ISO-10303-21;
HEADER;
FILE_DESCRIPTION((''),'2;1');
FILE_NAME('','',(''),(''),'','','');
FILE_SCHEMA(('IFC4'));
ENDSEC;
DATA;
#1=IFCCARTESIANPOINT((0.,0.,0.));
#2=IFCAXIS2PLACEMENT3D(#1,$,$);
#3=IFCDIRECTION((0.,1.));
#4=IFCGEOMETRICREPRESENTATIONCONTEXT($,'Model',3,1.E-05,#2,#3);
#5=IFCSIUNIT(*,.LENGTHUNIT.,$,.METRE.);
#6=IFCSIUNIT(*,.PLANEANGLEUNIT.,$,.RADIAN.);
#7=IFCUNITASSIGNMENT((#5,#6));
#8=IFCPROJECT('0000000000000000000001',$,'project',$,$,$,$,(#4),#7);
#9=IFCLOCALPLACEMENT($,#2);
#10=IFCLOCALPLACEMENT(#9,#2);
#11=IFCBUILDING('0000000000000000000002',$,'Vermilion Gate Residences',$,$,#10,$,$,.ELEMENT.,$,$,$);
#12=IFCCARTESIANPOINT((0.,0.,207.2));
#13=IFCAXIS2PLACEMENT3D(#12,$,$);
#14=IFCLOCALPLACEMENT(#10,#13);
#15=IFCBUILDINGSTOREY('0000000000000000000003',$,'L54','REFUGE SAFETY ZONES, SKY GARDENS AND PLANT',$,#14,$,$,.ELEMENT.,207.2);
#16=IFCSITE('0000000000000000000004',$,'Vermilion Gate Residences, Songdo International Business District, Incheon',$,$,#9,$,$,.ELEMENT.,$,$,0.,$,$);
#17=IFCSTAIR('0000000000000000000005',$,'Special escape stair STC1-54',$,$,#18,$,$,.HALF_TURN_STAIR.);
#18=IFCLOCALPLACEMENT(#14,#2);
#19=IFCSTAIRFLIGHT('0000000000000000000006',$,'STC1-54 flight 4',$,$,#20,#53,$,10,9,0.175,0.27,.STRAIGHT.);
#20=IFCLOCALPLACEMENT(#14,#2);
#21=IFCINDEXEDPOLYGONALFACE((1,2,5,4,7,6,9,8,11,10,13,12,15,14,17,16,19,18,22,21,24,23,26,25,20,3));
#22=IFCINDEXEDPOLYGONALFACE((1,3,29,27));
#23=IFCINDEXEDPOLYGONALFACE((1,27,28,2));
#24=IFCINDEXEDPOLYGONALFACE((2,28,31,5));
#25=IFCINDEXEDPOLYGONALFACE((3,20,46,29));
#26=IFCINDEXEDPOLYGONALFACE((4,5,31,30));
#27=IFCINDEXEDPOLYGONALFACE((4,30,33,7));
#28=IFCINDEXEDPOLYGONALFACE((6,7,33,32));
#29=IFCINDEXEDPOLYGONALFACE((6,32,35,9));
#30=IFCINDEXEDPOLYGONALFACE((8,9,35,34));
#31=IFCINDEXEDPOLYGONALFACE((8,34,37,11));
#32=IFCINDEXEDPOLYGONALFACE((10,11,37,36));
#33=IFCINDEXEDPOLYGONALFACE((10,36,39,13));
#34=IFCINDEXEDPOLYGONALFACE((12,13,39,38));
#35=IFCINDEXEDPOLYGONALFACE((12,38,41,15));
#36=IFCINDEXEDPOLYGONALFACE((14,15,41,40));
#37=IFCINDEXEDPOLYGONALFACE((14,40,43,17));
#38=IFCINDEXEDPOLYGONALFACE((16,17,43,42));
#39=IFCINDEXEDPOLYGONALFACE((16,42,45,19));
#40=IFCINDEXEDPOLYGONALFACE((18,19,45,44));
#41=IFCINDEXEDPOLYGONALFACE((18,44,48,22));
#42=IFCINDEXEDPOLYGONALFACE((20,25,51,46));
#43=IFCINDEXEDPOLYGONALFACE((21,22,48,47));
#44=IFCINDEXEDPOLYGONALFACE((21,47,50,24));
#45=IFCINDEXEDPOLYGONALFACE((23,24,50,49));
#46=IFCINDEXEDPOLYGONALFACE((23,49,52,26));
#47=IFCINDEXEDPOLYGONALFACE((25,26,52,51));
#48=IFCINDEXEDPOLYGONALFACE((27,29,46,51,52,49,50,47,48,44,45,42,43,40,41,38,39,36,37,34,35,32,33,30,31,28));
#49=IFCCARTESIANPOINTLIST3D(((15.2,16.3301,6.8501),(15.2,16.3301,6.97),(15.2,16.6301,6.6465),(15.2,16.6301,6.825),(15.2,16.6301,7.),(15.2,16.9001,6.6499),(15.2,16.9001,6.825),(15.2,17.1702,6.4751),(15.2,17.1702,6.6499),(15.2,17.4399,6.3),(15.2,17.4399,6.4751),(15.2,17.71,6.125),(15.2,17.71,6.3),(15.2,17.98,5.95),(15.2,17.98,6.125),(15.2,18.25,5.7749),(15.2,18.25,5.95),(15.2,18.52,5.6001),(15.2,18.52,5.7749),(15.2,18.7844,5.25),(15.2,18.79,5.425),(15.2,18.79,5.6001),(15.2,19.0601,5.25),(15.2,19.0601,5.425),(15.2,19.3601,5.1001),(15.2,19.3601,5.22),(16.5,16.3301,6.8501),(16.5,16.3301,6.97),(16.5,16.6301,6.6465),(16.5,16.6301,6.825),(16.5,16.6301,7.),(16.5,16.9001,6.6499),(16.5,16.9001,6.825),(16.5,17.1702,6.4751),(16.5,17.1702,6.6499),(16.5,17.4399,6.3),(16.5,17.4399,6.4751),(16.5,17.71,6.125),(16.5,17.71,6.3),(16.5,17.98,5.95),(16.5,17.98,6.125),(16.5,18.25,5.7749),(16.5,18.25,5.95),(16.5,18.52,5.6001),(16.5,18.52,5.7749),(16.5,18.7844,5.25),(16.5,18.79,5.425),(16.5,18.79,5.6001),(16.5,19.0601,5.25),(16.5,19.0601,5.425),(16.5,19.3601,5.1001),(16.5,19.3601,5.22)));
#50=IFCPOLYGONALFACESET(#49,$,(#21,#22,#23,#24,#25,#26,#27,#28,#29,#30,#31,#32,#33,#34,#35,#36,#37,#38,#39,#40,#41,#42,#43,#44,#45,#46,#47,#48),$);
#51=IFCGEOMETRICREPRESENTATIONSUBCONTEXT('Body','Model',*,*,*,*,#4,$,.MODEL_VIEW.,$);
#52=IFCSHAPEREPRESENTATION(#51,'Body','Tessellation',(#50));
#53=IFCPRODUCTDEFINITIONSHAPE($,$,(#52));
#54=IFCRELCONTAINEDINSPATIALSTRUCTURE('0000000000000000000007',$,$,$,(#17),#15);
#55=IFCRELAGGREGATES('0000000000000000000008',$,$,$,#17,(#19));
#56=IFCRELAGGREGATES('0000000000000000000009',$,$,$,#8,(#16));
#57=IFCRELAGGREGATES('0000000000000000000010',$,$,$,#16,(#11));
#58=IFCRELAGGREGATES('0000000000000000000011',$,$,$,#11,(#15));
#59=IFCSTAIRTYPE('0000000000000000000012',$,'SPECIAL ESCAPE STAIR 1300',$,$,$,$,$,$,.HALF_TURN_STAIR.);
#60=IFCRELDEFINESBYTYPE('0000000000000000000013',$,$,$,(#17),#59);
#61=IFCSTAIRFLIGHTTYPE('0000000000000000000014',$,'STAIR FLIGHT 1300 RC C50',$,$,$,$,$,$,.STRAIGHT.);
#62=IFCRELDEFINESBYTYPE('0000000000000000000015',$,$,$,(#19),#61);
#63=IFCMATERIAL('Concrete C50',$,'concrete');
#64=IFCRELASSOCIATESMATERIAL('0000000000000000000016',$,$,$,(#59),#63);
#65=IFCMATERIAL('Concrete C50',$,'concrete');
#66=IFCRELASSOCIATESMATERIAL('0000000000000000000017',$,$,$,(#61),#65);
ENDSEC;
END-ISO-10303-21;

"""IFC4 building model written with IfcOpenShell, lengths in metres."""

from ifc_helpers import new_model, si_unit, direction, frame, origin, place, context, subcontext, project, spatial, polyline, outline, extrude, material, type_object, element, aggregate, save


model = new_model("IFC4")

# Units and contexts
model_context = context("Model", 3, precision=1e-05, world=origin(), true_north=direction((0.0, 1.0)))
body_context = subcontext(model_context, "Body", "Model", "MODEL_VIEW")
ifc_project = project(units=[si_unit("LENGTHUNIT", "METRE"), si_unit("PLANEANGLEUNIT", "RADIAN")], contexts=[model_context])

# Site, building, storey
site_placement = place(None, origin())
site = spatial("IfcSite", under=ifc_project, at=site_placement, Name="Vermilion Gate Residences, Songdo International Business District, Incheon", CompositionType="ELEMENT", RefElevation=0.0)
building_placement = place(site_placement, origin())
building = spatial("IfcBuilding", under=site, at=building_placement, Name="Vermilion Gate Residences", CompositionType="ELEMENT")
storey_placement = place(building_placement, frame((0.0, 0.0, 207.2)))
storey = spatial("IfcBuildingStorey", under=building, at=storey_placement, Name="L54", Description="REFUGE SAFETY ZONES, SKY GARDENS AND PLANT", CompositionType="ELEMENT", Elevation=207.2)

# Stair, stair flight
ifc_material_1 = material(Name="Concrete C50", Category="concrete")
stair_type = type_object("IfcStairType", Name="SPECIAL ESCAPE STAIR 1300", PredefinedType="HALF_TURN_STAIR", material=ifc_material_1)
stair_placement = place(storey_placement, origin())
stair = element("IfcStair", 1, at=stair_placement, inside=storey, type_object=stair_type, Name="Special escape stair STC1-54", PredefinedType="HALF_TURN_STAIR")
ifc_material_2 = material(Name="Concrete C50", Category="concrete")
stair_flight_type = type_object("IfcStairFlightType", Name="STAIR FLIGHT 1300 RC C50", PredefinedType="STRAIGHT", material=ifc_material_2)
stair_flight_1_placement = place(storey_placement, frame((15.8501, 19.0601, 5.25), z_axis=(0.0, 0.0, 1.0), x_axis=(0.0, -1.0, 0.0)))
stair_flight_1 = element("IfcStairFlight", 2, at=stair_flight_1_placement, type_object=stair_flight_type, Name="STC1-54 flight 4", NumberOfRisers=10, NumberOfTreads=9, PredefinedType="STRAIGHT", RiserHeight=0.175, TreadLength=0.27, context=body_context, shape_type="SweptSolid", body=[
    extrude(outline(polyline([(-0.3, -0.1499), (-0.3, -0.03), (0.0, 0.0), (0.0, 0.175), (0.27, 0.175), (0.27, 0.3501), (0.54, 0.3501), (0.54, 0.5249), (0.8101, 0.5249), (0.8101, 0.7), (1.0801, 0.7), (1.0801, 0.875), (1.3501, 0.875), (1.3501, 1.05), (1.6201, 1.05), (1.6201, 1.2251), (1.8899, 1.2251), (1.8899, 1.3999), (2.1599, 1.3999), (2.1599, 1.575), (2.4299, 1.575), (2.4299, 1.75), (2.73, 1.72), (2.73, 1.6001), (2.4299, 1.3965), (0.2756, 0.0), (-0.3, -0.1499)])), frame((0.0, 0.6499, 0.0), z_axis=(0.0, -1.0, 0.0), x_axis=(1.0, 0.0, 0.0)), (0.0, 0.0, 1.0), 1.3),
])
aggregate(stair, [stair_flight_1])

save(model, "model.ifc")
